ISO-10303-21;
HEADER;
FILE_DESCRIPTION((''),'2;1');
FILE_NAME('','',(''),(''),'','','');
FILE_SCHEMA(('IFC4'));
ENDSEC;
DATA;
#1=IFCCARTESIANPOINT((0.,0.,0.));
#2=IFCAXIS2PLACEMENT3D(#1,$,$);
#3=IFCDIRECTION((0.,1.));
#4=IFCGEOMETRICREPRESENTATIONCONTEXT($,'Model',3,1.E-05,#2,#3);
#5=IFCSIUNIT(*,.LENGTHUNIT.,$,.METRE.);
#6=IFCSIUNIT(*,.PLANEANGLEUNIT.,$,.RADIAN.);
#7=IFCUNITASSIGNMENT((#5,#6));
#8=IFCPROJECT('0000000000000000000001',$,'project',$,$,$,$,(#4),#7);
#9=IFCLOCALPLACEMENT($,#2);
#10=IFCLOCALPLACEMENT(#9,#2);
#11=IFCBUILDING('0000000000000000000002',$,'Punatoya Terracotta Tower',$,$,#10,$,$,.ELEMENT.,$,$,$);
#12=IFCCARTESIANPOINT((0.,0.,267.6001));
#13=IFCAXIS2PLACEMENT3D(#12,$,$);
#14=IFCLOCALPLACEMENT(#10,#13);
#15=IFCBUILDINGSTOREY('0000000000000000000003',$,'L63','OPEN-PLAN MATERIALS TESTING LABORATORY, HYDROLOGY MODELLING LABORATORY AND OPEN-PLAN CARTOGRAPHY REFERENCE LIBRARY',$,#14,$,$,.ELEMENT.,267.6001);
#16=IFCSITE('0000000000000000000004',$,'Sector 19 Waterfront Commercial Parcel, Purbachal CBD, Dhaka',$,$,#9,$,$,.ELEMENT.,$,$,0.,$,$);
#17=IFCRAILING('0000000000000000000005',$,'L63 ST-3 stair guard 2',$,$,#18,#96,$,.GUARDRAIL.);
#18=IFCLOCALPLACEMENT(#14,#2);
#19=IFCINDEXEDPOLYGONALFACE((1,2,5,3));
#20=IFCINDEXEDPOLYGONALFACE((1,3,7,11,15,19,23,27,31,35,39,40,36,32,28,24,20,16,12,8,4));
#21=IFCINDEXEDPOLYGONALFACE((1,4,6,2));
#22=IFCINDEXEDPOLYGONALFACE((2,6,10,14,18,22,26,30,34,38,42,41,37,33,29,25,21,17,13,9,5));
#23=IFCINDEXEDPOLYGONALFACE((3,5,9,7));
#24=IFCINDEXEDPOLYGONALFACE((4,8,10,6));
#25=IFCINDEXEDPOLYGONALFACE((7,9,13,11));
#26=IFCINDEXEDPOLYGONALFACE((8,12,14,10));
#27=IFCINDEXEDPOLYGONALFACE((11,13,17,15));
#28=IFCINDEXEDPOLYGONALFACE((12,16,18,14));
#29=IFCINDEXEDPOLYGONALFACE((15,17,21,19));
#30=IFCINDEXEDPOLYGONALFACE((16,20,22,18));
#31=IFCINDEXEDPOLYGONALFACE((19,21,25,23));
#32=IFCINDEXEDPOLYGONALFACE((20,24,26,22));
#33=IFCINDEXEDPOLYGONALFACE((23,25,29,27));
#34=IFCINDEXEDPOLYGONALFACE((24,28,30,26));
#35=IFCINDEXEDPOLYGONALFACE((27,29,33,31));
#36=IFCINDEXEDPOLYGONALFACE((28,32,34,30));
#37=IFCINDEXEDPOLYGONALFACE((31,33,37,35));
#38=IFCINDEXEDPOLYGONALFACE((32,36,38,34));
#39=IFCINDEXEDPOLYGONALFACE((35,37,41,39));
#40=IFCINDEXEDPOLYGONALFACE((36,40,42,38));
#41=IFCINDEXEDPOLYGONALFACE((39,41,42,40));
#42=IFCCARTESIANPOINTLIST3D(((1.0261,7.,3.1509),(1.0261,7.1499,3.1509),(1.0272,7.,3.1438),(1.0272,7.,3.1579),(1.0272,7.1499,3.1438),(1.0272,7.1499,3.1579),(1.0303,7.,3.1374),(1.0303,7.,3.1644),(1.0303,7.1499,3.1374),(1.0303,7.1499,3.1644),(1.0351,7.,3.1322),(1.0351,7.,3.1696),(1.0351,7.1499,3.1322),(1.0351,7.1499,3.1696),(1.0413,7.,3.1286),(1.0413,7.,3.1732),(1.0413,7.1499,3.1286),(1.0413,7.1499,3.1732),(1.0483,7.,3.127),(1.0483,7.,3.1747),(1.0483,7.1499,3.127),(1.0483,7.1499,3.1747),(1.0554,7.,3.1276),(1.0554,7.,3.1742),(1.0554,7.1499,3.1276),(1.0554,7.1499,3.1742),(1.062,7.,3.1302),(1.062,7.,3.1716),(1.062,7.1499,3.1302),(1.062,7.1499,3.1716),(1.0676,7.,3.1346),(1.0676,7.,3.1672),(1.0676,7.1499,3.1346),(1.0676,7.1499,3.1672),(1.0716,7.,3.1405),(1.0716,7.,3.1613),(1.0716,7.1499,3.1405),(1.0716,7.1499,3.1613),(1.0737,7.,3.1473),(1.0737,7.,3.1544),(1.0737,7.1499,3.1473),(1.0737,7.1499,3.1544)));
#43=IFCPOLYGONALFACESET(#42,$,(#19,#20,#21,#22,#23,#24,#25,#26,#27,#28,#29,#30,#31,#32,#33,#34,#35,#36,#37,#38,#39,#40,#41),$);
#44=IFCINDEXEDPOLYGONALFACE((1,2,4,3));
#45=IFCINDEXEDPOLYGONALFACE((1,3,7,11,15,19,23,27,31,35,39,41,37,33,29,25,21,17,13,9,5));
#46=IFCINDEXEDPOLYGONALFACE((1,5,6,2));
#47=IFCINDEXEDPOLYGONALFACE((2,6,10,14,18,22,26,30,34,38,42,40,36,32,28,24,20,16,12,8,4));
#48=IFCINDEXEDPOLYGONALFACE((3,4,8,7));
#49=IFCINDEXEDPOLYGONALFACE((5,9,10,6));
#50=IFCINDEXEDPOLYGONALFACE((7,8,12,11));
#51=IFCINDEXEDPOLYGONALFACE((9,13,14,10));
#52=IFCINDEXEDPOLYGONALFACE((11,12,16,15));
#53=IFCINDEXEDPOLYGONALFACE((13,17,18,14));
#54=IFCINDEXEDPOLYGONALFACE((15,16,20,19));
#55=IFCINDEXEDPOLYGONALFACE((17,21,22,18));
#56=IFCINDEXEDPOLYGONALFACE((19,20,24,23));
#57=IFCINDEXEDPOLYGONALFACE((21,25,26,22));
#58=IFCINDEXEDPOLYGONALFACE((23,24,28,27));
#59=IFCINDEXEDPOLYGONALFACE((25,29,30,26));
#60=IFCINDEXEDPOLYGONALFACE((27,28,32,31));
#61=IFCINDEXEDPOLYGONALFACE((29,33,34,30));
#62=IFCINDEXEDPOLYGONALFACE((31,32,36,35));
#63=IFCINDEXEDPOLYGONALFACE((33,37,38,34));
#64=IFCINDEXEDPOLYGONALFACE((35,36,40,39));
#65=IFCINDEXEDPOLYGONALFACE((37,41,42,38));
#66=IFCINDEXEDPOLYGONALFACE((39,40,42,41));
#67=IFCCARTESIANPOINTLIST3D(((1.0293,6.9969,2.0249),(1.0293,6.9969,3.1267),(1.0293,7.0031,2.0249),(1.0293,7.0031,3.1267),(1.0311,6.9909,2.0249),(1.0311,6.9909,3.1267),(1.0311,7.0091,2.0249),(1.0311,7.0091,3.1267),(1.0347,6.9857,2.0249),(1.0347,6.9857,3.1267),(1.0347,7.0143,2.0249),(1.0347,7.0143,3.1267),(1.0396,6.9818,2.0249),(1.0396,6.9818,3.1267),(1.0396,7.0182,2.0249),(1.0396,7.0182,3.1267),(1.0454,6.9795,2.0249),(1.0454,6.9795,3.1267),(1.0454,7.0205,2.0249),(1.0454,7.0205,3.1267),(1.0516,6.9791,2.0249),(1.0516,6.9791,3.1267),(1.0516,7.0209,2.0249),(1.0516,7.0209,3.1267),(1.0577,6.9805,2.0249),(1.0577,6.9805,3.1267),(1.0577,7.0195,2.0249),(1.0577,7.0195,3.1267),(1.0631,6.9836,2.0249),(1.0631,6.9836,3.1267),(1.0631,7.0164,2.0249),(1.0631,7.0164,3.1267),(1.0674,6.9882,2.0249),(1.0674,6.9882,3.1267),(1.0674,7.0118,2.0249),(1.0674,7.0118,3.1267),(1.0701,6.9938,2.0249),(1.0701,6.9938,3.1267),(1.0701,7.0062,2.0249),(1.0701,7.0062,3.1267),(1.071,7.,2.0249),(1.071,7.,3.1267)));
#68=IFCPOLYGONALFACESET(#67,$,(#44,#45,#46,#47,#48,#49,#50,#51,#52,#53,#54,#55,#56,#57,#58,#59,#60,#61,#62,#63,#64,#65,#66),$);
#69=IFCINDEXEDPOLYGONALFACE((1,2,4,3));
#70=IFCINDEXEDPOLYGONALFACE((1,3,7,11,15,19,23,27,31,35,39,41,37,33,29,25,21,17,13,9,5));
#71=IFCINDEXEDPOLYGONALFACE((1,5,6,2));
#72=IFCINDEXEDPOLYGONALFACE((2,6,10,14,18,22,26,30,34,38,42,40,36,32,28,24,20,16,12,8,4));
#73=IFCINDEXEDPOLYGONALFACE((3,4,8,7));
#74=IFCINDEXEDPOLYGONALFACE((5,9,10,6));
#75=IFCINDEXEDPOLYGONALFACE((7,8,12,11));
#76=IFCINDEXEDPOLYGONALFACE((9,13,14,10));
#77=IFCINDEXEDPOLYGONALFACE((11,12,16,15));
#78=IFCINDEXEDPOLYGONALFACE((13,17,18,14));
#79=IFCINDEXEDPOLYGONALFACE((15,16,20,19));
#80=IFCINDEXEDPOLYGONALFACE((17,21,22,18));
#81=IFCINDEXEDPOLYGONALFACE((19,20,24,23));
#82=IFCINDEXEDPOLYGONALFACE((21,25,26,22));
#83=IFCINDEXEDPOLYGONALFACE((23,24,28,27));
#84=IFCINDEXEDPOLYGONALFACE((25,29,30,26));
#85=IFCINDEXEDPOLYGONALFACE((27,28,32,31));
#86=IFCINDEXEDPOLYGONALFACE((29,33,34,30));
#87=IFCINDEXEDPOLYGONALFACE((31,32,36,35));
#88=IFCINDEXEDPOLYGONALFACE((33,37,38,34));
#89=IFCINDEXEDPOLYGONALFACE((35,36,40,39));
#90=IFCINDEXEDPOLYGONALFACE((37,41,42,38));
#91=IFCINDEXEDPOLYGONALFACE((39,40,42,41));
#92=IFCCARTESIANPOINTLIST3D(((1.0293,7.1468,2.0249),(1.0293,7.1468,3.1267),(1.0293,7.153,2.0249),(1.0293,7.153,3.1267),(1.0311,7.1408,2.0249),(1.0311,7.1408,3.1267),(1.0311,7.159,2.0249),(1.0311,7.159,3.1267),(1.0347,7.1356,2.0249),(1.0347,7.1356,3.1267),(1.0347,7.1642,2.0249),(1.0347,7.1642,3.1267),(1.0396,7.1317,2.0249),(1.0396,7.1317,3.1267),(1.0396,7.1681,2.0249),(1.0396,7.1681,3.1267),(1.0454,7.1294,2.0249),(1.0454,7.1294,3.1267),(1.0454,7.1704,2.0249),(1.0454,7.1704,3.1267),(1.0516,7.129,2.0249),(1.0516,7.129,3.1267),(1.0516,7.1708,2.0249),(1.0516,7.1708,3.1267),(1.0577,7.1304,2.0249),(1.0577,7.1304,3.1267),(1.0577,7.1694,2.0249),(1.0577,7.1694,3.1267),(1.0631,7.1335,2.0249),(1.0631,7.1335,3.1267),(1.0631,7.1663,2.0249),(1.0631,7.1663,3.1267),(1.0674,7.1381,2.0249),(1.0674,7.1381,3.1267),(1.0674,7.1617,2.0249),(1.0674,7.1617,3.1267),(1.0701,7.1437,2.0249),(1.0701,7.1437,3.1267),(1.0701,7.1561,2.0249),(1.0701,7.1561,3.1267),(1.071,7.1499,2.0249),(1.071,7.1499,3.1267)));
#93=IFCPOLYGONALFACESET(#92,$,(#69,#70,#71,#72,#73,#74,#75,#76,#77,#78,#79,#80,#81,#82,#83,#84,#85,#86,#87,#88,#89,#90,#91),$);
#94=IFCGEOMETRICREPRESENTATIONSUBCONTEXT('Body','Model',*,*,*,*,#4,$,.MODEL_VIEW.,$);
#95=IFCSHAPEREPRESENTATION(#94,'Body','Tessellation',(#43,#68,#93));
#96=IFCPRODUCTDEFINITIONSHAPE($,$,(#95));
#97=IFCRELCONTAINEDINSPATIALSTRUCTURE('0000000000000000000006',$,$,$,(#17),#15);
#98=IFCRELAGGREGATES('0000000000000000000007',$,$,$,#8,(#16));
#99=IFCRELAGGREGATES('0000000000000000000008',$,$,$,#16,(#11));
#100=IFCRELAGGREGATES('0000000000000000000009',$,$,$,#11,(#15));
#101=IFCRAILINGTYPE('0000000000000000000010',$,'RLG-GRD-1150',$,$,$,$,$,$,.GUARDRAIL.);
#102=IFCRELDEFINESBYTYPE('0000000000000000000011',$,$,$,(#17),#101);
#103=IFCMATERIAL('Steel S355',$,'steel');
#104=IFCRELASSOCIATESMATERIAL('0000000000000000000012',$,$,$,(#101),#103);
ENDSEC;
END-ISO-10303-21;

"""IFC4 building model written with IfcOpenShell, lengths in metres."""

from ifc_helpers import new_model, si_unit, direction, frame, origin, origin_2d, place, context, subcontext, project, spatial, circle, extrude, material, type_object, element, save


model = new_model("IFC4")

# Units and contexts
model_context = context("Model", 3, precision=1e-05, world=origin(), true_north=direction((0.0, 1.0)))
body_context = subcontext(model_context, "Body", "Model", "MODEL_VIEW")
ifc_project = project(units=[si_unit("LENGTHUNIT", "METRE"), si_unit("PLANEANGLEUNIT", "RADIAN")], contexts=[model_context])

# Site, building, storey
site_placement = place(None, origin())
site = spatial("IfcSite", under=ifc_project, at=site_placement, Name="Sector 19 Waterfront Commercial Parcel, Purbachal CBD, Dhaka", CompositionType="ELEMENT", RefElevation=0.0)
building_placement = place(site_placement, origin())
building = spatial("IfcBuilding", under=site, at=building_placement, Name="Punatoya Terracotta Tower", CompositionType="ELEMENT")
storey_placement = place(building_placement, frame((0.0, 0.0, 267.6001)))
storey = spatial("IfcBuildingStorey", under=building, at=storey_placement, Name="L63", Description="OPEN-PLAN MATERIALS TESTING LABORATORY, HYDROLOGY MODELLING LABORATORY AND OPEN-PLAN CARTOGRAPHY REFERENCE LIBRARY", CompositionType="ELEMENT", Elevation=267.6001)

# Shared definitions
ifc_material_1 = material(Name="Steel S355", Category="steel")

# Railing
railing_type_1 = type_object("IfcRailingType", Name="RLG-GRD-1150", PredefinedType="GUARDRAIL", material=ifc_material_1)
railing_1_placement = place(storey_placement, frame((1.05, 7.0, 2.0249)))
element("IfcRailing", 1, at=railing_1_placement, inside=storey, type_object=railing_type_1, Name="L63 ST-3 stair guard 2", PredefinedType="GUARDRAIL", context=body_context, shape_type="SweptSolid", body=[
    extrude(circle(Radius=0.0239, at=origin_2d()), frame((0.0, 0.0, 1.126), z_axis=(0.0, 1.0, 0.0), x_axis=(-1.0, 0.0, 0.0)), (0.0, 0.0, 1.0), 0.1499),
    extrude(circle(Radius=0.021, at=origin_2d()), origin(), (0.0, 0.0, 1.0), 1.1018),
    extrude(circle(Radius=0.021, at=origin_2d()), frame((0.0, 0.1499, 0.0)), (0.0, 0.0, 1.0), 1.1018),
])

save(model, "model.ifc")
